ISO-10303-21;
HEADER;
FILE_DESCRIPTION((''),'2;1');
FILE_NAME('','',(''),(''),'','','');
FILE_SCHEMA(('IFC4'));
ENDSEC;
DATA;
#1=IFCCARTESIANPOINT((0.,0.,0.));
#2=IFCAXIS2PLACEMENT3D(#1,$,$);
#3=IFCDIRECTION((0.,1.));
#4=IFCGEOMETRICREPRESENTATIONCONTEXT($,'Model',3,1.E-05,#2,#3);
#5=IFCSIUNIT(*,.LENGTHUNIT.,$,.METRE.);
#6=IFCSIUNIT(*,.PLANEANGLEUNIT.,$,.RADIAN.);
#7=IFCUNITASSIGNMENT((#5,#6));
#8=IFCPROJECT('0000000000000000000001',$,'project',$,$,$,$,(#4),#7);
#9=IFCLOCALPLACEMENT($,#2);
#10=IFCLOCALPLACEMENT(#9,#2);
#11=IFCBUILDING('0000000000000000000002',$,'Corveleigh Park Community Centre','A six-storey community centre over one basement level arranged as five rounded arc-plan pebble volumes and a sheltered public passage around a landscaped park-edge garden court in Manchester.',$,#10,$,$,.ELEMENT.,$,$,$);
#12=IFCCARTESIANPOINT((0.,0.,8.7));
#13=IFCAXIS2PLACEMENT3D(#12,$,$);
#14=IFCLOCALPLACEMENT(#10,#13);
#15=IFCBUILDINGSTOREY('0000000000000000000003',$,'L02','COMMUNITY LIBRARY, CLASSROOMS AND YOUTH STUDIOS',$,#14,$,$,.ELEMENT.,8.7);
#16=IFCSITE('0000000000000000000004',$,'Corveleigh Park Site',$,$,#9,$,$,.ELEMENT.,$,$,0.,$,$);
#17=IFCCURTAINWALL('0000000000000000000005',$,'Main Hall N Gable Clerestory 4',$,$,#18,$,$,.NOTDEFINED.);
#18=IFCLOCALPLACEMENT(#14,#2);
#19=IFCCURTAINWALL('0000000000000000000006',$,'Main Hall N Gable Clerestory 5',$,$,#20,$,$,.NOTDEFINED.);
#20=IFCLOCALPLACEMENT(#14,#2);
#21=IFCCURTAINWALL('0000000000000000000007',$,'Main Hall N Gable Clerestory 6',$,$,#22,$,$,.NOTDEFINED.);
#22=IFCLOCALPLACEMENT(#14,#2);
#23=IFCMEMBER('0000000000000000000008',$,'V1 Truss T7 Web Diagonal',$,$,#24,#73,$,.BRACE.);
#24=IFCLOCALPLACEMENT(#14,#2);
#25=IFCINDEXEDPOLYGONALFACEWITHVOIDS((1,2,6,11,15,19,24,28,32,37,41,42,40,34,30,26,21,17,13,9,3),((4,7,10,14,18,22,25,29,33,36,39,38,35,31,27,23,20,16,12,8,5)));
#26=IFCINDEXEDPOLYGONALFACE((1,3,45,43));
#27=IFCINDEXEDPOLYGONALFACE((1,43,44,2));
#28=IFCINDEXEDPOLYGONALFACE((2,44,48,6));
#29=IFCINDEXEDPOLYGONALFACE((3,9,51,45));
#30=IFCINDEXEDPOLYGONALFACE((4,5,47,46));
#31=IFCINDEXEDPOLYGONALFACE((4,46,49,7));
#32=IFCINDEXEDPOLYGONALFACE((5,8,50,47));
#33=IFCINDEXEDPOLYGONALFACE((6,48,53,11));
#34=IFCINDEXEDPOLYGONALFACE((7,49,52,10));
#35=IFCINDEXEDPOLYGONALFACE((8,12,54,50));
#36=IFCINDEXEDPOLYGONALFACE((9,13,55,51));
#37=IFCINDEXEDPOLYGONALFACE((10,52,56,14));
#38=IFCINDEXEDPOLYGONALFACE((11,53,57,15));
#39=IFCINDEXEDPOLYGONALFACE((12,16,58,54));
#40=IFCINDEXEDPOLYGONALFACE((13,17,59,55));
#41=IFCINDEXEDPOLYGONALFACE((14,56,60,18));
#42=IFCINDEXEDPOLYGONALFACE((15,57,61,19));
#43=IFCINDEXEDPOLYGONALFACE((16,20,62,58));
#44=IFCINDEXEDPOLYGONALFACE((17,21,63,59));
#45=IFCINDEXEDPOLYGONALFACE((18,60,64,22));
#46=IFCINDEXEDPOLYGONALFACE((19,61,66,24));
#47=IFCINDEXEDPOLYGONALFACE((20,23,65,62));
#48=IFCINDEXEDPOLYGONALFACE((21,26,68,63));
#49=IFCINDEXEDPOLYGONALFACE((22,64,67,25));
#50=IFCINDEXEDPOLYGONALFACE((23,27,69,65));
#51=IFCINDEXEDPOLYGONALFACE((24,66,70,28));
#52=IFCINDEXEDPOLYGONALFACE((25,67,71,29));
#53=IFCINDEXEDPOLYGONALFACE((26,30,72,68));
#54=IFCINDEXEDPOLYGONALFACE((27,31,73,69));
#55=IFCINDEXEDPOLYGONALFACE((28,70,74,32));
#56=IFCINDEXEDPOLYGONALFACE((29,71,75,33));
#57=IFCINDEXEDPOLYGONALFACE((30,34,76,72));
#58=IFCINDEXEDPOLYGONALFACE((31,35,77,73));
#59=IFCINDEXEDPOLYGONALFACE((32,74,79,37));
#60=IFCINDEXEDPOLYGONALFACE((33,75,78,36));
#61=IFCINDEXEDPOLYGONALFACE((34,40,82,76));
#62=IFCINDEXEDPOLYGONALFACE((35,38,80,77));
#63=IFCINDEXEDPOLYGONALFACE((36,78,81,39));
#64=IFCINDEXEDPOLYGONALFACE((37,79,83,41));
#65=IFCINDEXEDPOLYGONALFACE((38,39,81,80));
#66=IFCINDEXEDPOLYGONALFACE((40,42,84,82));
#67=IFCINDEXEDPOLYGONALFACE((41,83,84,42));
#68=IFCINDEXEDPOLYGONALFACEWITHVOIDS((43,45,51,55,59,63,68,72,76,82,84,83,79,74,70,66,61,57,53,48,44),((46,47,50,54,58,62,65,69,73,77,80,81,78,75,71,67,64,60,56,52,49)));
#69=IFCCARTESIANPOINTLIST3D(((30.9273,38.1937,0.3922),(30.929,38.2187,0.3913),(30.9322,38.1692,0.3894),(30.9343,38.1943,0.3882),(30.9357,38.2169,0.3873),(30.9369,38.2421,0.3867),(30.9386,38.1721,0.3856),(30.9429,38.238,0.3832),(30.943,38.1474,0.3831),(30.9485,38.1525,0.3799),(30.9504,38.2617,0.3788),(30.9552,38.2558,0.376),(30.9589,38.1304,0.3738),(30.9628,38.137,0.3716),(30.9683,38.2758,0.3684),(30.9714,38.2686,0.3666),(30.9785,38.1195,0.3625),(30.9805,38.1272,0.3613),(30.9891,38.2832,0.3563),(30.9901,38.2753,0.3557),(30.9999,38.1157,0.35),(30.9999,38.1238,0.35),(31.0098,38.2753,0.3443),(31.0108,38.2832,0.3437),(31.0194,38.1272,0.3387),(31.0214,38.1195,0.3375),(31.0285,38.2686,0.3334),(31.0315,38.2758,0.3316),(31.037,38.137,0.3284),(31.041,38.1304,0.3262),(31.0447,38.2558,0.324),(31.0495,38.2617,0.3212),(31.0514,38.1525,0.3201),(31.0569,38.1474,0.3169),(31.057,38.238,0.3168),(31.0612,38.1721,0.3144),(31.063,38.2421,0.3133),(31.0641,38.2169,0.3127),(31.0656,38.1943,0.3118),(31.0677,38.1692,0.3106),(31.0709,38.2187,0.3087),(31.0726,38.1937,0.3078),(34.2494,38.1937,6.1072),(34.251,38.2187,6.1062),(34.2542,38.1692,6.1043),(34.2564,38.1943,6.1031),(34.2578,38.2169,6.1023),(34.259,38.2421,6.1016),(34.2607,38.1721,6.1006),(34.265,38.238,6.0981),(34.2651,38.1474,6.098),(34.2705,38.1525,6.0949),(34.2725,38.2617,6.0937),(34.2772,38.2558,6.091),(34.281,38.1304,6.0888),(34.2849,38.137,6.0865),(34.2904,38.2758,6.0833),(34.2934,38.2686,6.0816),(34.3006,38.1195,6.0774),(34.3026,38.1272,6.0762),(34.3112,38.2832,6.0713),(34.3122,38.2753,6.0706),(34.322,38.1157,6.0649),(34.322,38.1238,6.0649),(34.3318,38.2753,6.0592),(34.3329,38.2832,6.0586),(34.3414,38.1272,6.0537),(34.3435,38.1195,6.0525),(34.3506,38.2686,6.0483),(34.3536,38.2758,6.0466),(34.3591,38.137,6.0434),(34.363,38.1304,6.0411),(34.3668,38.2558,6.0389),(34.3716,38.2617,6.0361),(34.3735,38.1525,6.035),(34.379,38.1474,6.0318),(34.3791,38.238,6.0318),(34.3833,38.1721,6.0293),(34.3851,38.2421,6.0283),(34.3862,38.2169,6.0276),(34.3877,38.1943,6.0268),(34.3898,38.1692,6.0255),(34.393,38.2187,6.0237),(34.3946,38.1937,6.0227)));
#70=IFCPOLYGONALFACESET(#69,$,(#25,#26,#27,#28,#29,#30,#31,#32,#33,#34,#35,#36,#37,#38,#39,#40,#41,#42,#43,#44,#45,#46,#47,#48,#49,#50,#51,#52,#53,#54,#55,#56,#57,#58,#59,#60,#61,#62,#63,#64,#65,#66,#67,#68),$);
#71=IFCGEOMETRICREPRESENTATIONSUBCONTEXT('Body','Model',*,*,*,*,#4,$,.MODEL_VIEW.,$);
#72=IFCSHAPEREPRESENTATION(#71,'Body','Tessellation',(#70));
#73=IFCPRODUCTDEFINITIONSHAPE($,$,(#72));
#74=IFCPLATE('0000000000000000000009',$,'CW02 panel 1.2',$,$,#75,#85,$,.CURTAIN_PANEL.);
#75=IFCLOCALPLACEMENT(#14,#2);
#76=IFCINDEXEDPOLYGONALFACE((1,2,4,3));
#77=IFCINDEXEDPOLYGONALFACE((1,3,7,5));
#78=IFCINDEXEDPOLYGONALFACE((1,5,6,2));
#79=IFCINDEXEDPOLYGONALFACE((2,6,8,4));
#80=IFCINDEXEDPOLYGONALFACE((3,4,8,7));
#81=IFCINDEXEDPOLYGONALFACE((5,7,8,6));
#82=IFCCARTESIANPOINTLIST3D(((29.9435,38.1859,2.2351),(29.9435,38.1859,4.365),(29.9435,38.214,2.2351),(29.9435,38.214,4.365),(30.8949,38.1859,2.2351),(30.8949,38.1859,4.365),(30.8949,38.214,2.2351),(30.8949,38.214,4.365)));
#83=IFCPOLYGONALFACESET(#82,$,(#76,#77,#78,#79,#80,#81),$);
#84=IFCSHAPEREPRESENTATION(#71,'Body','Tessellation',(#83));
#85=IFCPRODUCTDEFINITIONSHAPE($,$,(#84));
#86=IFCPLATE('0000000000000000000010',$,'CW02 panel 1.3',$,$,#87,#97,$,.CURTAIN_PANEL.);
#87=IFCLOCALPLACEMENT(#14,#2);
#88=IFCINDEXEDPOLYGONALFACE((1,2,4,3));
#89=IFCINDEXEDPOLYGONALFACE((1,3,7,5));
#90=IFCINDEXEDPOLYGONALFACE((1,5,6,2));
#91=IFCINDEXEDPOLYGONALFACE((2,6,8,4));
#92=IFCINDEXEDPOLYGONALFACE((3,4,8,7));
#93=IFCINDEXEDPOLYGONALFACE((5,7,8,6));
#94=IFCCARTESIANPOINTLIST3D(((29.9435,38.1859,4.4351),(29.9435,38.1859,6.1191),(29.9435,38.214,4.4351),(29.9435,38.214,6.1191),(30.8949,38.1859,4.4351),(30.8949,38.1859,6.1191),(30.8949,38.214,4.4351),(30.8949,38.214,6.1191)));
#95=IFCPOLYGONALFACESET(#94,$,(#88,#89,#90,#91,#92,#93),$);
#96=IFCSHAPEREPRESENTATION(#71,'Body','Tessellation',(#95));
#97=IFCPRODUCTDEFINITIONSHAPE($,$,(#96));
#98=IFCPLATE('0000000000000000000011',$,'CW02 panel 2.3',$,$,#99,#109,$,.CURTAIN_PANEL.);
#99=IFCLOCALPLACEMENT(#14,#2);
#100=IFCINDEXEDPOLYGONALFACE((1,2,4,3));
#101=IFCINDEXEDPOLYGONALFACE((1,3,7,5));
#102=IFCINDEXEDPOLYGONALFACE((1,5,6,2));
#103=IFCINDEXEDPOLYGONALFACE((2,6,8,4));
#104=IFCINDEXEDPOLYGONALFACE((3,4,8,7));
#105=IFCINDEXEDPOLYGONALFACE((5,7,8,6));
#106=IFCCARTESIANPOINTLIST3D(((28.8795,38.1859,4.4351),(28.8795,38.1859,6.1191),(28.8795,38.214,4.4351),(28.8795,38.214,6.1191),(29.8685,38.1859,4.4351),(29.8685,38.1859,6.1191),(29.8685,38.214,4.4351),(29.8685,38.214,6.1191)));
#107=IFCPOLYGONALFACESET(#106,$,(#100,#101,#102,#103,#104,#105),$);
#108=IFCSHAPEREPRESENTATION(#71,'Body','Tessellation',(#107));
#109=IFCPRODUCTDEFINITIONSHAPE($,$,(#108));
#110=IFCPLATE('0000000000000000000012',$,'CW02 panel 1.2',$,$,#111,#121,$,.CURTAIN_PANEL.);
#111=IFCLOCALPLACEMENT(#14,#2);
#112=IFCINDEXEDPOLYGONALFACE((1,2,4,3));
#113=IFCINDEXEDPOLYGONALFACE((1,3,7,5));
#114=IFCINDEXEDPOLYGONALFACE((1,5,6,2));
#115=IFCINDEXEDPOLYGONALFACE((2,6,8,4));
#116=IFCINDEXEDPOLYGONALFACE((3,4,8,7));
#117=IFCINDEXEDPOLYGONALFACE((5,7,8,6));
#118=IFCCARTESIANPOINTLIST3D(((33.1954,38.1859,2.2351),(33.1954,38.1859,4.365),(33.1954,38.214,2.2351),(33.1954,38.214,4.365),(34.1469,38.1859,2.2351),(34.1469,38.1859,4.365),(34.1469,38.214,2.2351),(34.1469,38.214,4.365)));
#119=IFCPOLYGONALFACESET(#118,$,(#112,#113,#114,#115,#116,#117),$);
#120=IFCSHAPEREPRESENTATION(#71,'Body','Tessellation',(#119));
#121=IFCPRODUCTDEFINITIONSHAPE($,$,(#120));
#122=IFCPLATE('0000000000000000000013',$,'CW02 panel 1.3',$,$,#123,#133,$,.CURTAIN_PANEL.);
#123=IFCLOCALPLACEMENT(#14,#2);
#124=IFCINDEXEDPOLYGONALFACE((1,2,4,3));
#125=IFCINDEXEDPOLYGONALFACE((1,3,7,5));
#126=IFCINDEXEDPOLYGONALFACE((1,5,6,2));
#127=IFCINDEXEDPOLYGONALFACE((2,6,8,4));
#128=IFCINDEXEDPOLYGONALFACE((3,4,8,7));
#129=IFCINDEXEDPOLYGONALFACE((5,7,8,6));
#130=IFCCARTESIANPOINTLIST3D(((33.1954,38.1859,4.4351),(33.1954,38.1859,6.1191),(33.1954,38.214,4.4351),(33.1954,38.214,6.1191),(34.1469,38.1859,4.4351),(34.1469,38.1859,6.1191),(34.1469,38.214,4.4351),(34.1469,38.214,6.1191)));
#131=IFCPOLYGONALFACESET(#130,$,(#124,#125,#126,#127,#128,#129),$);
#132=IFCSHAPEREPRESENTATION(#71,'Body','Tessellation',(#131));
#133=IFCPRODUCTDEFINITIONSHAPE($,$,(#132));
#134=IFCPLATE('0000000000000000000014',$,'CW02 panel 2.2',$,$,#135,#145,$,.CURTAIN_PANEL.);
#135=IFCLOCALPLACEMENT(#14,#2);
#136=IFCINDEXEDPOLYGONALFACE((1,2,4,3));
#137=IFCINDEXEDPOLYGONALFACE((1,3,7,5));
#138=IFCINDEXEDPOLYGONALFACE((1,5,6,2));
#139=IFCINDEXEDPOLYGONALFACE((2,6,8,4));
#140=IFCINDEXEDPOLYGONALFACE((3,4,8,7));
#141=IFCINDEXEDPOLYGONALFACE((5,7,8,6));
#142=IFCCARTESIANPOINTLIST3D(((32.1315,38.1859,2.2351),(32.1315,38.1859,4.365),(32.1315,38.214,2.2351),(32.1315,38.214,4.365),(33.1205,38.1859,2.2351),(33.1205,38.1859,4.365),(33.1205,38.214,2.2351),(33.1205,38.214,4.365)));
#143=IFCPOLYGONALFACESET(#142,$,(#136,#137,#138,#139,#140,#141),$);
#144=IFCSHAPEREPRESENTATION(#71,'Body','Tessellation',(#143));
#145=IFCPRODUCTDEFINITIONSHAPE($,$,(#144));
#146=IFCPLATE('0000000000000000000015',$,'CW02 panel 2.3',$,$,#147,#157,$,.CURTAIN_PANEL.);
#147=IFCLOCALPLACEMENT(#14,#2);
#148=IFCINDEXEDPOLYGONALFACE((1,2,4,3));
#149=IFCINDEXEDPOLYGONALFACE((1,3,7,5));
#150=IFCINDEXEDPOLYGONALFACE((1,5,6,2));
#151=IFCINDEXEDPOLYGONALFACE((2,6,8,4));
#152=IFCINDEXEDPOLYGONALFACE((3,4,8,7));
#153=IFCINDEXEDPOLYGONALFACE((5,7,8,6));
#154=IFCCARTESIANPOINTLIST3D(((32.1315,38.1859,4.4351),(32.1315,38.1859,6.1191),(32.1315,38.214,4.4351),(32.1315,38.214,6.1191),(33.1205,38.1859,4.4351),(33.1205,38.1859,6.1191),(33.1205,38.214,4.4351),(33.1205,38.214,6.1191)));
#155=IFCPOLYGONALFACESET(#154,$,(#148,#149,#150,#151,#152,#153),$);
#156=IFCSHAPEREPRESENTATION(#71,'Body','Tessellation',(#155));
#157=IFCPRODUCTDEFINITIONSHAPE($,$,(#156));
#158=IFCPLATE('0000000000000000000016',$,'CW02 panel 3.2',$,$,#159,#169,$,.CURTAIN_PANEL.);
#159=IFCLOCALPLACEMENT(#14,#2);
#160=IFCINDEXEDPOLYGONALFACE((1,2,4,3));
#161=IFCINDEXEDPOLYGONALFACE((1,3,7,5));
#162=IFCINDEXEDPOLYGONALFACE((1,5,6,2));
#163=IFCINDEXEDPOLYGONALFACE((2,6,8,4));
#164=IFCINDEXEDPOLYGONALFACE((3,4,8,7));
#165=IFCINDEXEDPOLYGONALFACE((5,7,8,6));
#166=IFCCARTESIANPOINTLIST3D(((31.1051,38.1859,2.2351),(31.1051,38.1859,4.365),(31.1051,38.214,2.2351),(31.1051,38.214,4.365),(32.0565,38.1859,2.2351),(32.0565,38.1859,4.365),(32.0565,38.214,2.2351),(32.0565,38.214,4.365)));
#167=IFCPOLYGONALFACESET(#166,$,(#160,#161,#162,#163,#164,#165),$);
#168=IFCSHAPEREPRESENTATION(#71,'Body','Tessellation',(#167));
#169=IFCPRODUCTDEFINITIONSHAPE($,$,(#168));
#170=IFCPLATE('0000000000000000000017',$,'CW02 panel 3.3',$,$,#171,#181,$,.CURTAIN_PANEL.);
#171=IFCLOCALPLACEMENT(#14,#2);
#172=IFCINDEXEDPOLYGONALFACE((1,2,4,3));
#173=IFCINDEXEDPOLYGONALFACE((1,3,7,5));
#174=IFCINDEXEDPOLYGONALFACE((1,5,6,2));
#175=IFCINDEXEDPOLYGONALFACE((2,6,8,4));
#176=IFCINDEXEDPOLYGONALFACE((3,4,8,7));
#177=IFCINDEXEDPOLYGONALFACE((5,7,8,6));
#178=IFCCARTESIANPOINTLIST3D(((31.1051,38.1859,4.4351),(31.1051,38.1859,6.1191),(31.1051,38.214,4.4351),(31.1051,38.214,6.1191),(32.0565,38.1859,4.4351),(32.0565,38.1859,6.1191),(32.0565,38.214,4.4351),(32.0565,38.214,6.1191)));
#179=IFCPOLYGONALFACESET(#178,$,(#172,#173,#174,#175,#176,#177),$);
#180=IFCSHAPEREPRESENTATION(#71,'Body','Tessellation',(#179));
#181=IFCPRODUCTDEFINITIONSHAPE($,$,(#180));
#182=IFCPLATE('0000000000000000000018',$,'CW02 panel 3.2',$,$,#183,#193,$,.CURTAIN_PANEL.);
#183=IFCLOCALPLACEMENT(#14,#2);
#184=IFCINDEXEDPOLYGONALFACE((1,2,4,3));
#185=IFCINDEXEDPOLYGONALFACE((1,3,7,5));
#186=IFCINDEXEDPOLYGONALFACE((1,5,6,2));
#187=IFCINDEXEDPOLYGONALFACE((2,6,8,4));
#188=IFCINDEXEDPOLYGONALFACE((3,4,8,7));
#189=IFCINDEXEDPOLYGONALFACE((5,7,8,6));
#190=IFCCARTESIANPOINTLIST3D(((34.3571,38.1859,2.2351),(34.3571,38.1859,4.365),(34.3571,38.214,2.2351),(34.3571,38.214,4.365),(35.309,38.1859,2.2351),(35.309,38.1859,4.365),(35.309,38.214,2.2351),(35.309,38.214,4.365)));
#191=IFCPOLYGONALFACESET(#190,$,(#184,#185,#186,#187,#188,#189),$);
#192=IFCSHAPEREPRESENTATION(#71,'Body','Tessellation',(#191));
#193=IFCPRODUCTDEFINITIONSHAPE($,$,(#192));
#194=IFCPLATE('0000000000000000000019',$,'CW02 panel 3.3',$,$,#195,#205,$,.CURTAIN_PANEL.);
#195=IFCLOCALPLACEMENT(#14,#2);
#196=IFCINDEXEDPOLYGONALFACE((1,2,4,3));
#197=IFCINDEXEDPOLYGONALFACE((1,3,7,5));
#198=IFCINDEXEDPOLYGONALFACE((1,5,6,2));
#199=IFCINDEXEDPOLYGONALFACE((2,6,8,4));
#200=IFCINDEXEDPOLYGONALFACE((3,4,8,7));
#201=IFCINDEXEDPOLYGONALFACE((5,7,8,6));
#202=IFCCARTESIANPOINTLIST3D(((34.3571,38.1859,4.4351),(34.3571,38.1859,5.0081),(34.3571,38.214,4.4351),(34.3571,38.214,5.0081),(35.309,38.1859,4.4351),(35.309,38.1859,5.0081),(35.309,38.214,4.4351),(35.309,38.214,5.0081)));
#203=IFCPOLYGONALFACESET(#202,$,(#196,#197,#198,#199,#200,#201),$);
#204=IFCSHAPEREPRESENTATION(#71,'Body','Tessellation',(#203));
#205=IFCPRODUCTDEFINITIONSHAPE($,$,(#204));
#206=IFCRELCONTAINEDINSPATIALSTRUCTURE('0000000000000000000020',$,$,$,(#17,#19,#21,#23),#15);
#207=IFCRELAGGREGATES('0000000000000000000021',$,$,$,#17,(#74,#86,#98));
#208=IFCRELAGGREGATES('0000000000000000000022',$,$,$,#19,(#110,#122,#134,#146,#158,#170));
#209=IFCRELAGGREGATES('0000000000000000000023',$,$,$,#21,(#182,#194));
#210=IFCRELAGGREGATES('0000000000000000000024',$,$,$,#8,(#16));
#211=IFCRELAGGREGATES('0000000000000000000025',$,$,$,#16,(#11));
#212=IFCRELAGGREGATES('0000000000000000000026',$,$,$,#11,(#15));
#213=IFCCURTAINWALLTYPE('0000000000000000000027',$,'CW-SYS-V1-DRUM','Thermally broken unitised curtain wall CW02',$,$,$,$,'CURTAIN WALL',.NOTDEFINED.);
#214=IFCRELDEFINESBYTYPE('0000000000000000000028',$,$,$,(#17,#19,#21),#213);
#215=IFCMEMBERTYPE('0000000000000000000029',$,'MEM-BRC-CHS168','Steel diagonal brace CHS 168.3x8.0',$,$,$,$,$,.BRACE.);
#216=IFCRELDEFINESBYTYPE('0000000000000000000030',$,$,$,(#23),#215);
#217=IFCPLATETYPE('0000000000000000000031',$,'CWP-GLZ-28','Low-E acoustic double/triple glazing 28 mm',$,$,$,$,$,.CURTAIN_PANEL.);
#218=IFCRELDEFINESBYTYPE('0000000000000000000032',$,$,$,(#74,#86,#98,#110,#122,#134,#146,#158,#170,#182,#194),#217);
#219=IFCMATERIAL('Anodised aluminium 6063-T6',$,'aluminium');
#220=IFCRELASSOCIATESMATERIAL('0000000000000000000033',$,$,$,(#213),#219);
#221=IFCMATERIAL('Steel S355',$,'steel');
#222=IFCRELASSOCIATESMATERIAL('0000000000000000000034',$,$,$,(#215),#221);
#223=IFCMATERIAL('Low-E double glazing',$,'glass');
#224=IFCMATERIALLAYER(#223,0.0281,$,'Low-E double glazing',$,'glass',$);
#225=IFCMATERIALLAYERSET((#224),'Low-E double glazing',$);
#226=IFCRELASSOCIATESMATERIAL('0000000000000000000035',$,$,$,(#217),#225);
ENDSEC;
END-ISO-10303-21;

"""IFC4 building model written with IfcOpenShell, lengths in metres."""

from ifc_helpers import new_model, si_unit, direction, frame, origin, origin_2d, place, context, subcontext, project, spatial, rectangle, hollow_circle, extrude, material, layer, layer_set, material_profile, profile_set, type_object, element, aggregate, save


model = new_model("IFC4")

# Units and contexts
model_context = context("Model", 3, precision=1e-05, world=origin(), true_north=direction((0.0, 1.0)))
body_context = subcontext(model_context, "Body", "Model", "MODEL_VIEW")
ifc_project = project(units=[si_unit("LENGTHUNIT", "METRE"), si_unit("PLANEANGLEUNIT", "RADIAN")], contexts=[model_context])

# Site, building, storey
site_placement = place(None, origin())
site = spatial("IfcSite", under=ifc_project, at=site_placement, Name="Corveleigh Park Site", CompositionType="ELEMENT", RefElevation=0.0)
building_placement = place(site_placement, origin())
building = spatial("IfcBuilding", under=site, at=building_placement, Name="Corveleigh Park Community Centre", Description="A six-storey community centre over one basement level arranged as five rounded arc-plan pebble volumes and a sheltered public passage around a landscaped park-edge garden court in Manchester.", CompositionType="ELEMENT")
storey_placement = place(building_placement, frame((0.0, 0.0, 8.7)))
storey = spatial("IfcBuildingStorey", under=building, at=storey_placement, Name="L02", Description="COMMUNITY LIBRARY, CLASSROOMS AND YOUTH STUDIOS", CompositionType="ELEMENT", Elevation=8.7)

# Shared definitions
ifc_material_1 = material(Name="Steel S355", Category="steel")

# Curtain walls
ifc_material_2 = material(Name="Anodised aluminium 6063-T6", Category="aluminium")
curtain_wall_type = type_object("IfcCurtainWallType", Name="CW-SYS-V1-DRUM", Description="Thermally broken unitised curtain wall CW02", ElementType="CURTAIN WALL", PredefinedType="NOTDEFINED", material=ifc_material_2)
curtain_wall_1_placement = place(storey_placement, origin())
curtain_wall_1 = element("IfcCurtainWall", 1, at=curtain_wall_1_placement, inside=storey, type_object=curtain_wall_type, Name="Main Hall N Gable Clerestory 4", PredefinedType="NOTDEFINED")
curtain_wall_2_placement = place(storey_placement, origin())
curtain_wall_2 = element("IfcCurtainWall", 2, at=curtain_wall_2_placement, inside=storey, type_object=curtain_wall_type, Name="Main Hall N Gable Clerestory 5", PredefinedType="NOTDEFINED")
curtain_wall_3_placement = place(storey_placement, origin())
curtain_wall_3 = element("IfcCurtainWall", 3, at=curtain_wall_3_placement, inside=storey, type_object=curtain_wall_type, Name="Main Hall N Gable Clerestory 6", PredefinedType="NOTDEFINED")

# Member
ifc_material_profile_1 = material_profile(ifc_material_1, hollow_circle(Radius=0.0842, WallThickness=0.0081, at=origin_2d()), Name="CHS 168.3x8.0", Category="steel")
ifc_profile_set_1 = profile_set([ifc_material_profile_1], Name="Steel S355")
member_type_1 = type_object("IfcMemberType", Name="MEM-BRC-CHS168", Description="Steel diagonal brace CHS 168.3x8.0", PredefinedType="BRACE", material=ifc_profile_set_1)
member_1_placement = place(storey_placement, frame((34.322, 38.2, 6.0649), z_axis=(-0.502557, 0.0, -0.864544), x_axis=(0.0, -1.0, 0.0)))
element("IfcMember", 4, at=member_1_placement, inside=storey, type_object=member_type_1, Name="V1 Truss T7 Web Diagonal", PredefinedType="BRACE", context=body_context, shape_type="SweptSolid", body=[
    extrude(hollow_circle(Radius=0.0842, WallThickness=0.0081, at=origin_2d()), origin(), (0.0, 0.0, 1.0), 6.6104),
])

# Plates
ifc_material_3 = material(Name="Low-E double glazing", Category="glass")
ifc_layer_1 = layer(ifc_material_3, 0.0281, Name="Low-E double glazing", Category="glass")
ifc_layer_set_1 = layer_set([ifc_layer_1], Name="Low-E double glazing")
plate_type_1 = type_object("IfcPlateType", Name="CWP-GLZ-28", Description="Low-E acoustic double/triple glazing 28 mm", PredefinedType="CURTAIN_PANEL", material=ifc_layer_set_1)
plate_1_placement = place(storey_placement, frame((30.4192, 38.2, 2.2351), z_axis=(0.0, 0.0, 1.0), x_axis=(-1.0, 0.0, 0.0)))
plate_1 = element("IfcPlate", 5, at=plate_1_placement, type_object=plate_type_1, Name="CW02 panel 1.2", PredefinedType="CURTAIN_PANEL", context=body_context, shape_type="SweptSolid", body=[
    extrude(rectangle(XDim=0.9514, YDim=0.0281, at=origin_2d()), origin(), (0.0, 0.0, 1.0), 2.1299),
])
plate_2_placement = place(storey_placement, frame((30.4192, 38.2, 4.4351), z_axis=(0.0, 0.0, 1.0), x_axis=(-1.0, 0.0, 0.0)))
plate_2 = element("IfcPlate", 6, at=plate_2_placement, type_object=plate_type_1, Name="CW02 panel 1.3", PredefinedType="CURTAIN_PANEL", context=body_context, shape_type="SweptSolid", body=[
    extrude(rectangle(XDim=0.9514, YDim=0.0281, at=origin_2d()), origin(), (0.0, 0.0, 1.0), 1.6841),
])
plate_3_placement = place(storey_placement, frame((29.374, 38.2, 4.4351), z_axis=(0.0, 0.0, 1.0), x_axis=(-1.0, 0.0, 0.0)))
plate_3 = element("IfcPlate", 7, at=plate_3_placement, type_object=plate_type_1, Name="CW02 panel 2.3", PredefinedType="CURTAIN_PANEL", context=body_context, shape_type="SweptSolid", body=[
    extrude(rectangle(XDim=0.989, YDim=0.0281, at=origin_2d()), origin(), (0.0, 0.0, 1.0), 1.6841),
])
aggregate(curtain_wall_1, [plate_1, plate_2, plate_3])
plate_4_placement = place(storey_placement, frame((33.6711, 38.2, 2.2351), z_axis=(0.0, 0.0, 1.0), x_axis=(-1.0, 0.0, 0.0)))
plate_4 = element("IfcPlate", 8, at=plate_4_placement, type_object=plate_type_1, Name="CW02 panel 1.2", PredefinedType="CURTAIN_PANEL", context=body_context, shape_type="SweptSolid", body=[
    extrude(rectangle(XDim=0.9514, YDim=0.0281, at=origin_2d()), origin(), (0.0, 0.0, 1.0), 2.1299),
])
plate_5_placement = place(storey_placement, frame((33.6711, 38.2, 4.4351), z_axis=(0.0, 0.0, 1.0), x_axis=(-1.0, 0.0, 0.0)))
plate_5 = element("IfcPlate", 9, at=plate_5_placement, type_object=plate_type_1, Name="CW02 panel 1.3", PredefinedType="CURTAIN_PANEL", context=body_context, shape_type="SweptSolid", body=[
    extrude(rectangle(XDim=0.9514, YDim=0.0281, at=origin_2d()), origin(), (0.0, 0.0, 1.0), 1.6841),
])
plate_6_placement = place(storey_placement, frame((32.626, 38.2, 2.2351), z_axis=(0.0, 0.0, 1.0), x_axis=(-1.0, 0.0, 0.0)))
plate_6 = element("IfcPlate", 10, at=plate_6_placement, type_object=plate_type_1, Name="CW02 panel 2.2", PredefinedType="CURTAIN_PANEL", context=body_context, shape_type="SweptSolid", body=[
    extrude(rectangle(XDim=0.989, YDim=0.0281, at=origin_2d()), origin(), (0.0, 0.0, 1.0), 2.1299),
])
plate_7_placement = place(storey_placement, frame((32.626, 38.2, 4.4351), z_axis=(0.0, 0.0, 1.0), x_axis=(-1.0, 0.0, 0.0)))
plate_7 = element("IfcPlate", 11, at=plate_7_placement, type_object=plate_type_1, Name="CW02 panel 2.3", PredefinedType="CURTAIN_PANEL", context=body_context, shape_type="SweptSolid", body=[
    extrude(rectangle(XDim=0.989, YDim=0.0281, at=origin_2d()), origin(), (0.0, 0.0, 1.0), 1.6841),
])
plate_8_placement = place(storey_placement, frame((31.5808, 38.2, 2.2351), z_axis=(0.0, 0.0, 1.0), x_axis=(-1.0, 0.0, 0.0)))
plate_8 = element("IfcPlate", 12, at=plate_8_placement, type_object=plate_type_1, Name="CW02 panel 3.2", PredefinedType="CURTAIN_PANEL", context=body_context, shape_type="SweptSolid", body=[
    extrude(rectangle(XDim=0.9514, YDim=0.0281, at=origin_2d()), origin(), (0.0, 0.0, 1.0), 2.1299),
])
plate_9_placement = place(storey_placement, frame((31.5808, 38.2, 4.4351), z_axis=(0.0, 0.0, 1.0), x_axis=(-1.0, 0.0, 0.0)))
plate_9 = element("IfcPlate", 13, at=plate_9_placement, type_object=plate_type_1, Name="CW02 panel 3.3", PredefinedType="CURTAIN_PANEL", context=body_context, shape_type="SweptSolid", body=[
    extrude(rectangle(XDim=0.9514, YDim=0.0281, at=origin_2d()), origin(), (0.0, 0.0, 1.0), 1.6841),
])
aggregate(curtain_wall_2, [plate_4, plate_5, plate_6, plate_7, plate_8, plate_9])
plate_10_placement = place(storey_placement, frame((34.833, 38.2, 2.2351), z_axis=(0.0, 0.0, 1.0), x_axis=(-1.0, 0.0, 0.0)))
plate_10 = element("IfcPlate", 14, at=plate_10_placement, type_object=plate_type_1, Name="CW02 panel 3.2", PredefinedType="CURTAIN_PANEL", context=body_context, shape_type="SweptSolid", body=[
    extrude(rectangle(XDim=0.9519, YDim=0.0281, at=origin_2d()), origin(), (0.0, 0.0, 1.0), 2.1299),
])
plate_11_placement = place(storey_placement, frame((34.833, 38.2, 4.4351), z_axis=(0.0, 0.0, 1.0), x_axis=(-1.0, 0.0, 0.0)))
plate_11 = element("IfcPlate", 15, at=plate_11_placement, type_object=plate_type_1, Name="CW02 panel 3.3", PredefinedType="CURTAIN_PANEL", context=body_context, shape_type="SweptSolid", body=[
    extrude(rectangle(XDim=0.9519, YDim=0.0281, at=origin_2d()), origin(), (0.0, 0.0, 1.0), 0.573),
])
aggregate(curtain_wall_3, [plate_10, plate_11])

save(model, "model.ifc")
